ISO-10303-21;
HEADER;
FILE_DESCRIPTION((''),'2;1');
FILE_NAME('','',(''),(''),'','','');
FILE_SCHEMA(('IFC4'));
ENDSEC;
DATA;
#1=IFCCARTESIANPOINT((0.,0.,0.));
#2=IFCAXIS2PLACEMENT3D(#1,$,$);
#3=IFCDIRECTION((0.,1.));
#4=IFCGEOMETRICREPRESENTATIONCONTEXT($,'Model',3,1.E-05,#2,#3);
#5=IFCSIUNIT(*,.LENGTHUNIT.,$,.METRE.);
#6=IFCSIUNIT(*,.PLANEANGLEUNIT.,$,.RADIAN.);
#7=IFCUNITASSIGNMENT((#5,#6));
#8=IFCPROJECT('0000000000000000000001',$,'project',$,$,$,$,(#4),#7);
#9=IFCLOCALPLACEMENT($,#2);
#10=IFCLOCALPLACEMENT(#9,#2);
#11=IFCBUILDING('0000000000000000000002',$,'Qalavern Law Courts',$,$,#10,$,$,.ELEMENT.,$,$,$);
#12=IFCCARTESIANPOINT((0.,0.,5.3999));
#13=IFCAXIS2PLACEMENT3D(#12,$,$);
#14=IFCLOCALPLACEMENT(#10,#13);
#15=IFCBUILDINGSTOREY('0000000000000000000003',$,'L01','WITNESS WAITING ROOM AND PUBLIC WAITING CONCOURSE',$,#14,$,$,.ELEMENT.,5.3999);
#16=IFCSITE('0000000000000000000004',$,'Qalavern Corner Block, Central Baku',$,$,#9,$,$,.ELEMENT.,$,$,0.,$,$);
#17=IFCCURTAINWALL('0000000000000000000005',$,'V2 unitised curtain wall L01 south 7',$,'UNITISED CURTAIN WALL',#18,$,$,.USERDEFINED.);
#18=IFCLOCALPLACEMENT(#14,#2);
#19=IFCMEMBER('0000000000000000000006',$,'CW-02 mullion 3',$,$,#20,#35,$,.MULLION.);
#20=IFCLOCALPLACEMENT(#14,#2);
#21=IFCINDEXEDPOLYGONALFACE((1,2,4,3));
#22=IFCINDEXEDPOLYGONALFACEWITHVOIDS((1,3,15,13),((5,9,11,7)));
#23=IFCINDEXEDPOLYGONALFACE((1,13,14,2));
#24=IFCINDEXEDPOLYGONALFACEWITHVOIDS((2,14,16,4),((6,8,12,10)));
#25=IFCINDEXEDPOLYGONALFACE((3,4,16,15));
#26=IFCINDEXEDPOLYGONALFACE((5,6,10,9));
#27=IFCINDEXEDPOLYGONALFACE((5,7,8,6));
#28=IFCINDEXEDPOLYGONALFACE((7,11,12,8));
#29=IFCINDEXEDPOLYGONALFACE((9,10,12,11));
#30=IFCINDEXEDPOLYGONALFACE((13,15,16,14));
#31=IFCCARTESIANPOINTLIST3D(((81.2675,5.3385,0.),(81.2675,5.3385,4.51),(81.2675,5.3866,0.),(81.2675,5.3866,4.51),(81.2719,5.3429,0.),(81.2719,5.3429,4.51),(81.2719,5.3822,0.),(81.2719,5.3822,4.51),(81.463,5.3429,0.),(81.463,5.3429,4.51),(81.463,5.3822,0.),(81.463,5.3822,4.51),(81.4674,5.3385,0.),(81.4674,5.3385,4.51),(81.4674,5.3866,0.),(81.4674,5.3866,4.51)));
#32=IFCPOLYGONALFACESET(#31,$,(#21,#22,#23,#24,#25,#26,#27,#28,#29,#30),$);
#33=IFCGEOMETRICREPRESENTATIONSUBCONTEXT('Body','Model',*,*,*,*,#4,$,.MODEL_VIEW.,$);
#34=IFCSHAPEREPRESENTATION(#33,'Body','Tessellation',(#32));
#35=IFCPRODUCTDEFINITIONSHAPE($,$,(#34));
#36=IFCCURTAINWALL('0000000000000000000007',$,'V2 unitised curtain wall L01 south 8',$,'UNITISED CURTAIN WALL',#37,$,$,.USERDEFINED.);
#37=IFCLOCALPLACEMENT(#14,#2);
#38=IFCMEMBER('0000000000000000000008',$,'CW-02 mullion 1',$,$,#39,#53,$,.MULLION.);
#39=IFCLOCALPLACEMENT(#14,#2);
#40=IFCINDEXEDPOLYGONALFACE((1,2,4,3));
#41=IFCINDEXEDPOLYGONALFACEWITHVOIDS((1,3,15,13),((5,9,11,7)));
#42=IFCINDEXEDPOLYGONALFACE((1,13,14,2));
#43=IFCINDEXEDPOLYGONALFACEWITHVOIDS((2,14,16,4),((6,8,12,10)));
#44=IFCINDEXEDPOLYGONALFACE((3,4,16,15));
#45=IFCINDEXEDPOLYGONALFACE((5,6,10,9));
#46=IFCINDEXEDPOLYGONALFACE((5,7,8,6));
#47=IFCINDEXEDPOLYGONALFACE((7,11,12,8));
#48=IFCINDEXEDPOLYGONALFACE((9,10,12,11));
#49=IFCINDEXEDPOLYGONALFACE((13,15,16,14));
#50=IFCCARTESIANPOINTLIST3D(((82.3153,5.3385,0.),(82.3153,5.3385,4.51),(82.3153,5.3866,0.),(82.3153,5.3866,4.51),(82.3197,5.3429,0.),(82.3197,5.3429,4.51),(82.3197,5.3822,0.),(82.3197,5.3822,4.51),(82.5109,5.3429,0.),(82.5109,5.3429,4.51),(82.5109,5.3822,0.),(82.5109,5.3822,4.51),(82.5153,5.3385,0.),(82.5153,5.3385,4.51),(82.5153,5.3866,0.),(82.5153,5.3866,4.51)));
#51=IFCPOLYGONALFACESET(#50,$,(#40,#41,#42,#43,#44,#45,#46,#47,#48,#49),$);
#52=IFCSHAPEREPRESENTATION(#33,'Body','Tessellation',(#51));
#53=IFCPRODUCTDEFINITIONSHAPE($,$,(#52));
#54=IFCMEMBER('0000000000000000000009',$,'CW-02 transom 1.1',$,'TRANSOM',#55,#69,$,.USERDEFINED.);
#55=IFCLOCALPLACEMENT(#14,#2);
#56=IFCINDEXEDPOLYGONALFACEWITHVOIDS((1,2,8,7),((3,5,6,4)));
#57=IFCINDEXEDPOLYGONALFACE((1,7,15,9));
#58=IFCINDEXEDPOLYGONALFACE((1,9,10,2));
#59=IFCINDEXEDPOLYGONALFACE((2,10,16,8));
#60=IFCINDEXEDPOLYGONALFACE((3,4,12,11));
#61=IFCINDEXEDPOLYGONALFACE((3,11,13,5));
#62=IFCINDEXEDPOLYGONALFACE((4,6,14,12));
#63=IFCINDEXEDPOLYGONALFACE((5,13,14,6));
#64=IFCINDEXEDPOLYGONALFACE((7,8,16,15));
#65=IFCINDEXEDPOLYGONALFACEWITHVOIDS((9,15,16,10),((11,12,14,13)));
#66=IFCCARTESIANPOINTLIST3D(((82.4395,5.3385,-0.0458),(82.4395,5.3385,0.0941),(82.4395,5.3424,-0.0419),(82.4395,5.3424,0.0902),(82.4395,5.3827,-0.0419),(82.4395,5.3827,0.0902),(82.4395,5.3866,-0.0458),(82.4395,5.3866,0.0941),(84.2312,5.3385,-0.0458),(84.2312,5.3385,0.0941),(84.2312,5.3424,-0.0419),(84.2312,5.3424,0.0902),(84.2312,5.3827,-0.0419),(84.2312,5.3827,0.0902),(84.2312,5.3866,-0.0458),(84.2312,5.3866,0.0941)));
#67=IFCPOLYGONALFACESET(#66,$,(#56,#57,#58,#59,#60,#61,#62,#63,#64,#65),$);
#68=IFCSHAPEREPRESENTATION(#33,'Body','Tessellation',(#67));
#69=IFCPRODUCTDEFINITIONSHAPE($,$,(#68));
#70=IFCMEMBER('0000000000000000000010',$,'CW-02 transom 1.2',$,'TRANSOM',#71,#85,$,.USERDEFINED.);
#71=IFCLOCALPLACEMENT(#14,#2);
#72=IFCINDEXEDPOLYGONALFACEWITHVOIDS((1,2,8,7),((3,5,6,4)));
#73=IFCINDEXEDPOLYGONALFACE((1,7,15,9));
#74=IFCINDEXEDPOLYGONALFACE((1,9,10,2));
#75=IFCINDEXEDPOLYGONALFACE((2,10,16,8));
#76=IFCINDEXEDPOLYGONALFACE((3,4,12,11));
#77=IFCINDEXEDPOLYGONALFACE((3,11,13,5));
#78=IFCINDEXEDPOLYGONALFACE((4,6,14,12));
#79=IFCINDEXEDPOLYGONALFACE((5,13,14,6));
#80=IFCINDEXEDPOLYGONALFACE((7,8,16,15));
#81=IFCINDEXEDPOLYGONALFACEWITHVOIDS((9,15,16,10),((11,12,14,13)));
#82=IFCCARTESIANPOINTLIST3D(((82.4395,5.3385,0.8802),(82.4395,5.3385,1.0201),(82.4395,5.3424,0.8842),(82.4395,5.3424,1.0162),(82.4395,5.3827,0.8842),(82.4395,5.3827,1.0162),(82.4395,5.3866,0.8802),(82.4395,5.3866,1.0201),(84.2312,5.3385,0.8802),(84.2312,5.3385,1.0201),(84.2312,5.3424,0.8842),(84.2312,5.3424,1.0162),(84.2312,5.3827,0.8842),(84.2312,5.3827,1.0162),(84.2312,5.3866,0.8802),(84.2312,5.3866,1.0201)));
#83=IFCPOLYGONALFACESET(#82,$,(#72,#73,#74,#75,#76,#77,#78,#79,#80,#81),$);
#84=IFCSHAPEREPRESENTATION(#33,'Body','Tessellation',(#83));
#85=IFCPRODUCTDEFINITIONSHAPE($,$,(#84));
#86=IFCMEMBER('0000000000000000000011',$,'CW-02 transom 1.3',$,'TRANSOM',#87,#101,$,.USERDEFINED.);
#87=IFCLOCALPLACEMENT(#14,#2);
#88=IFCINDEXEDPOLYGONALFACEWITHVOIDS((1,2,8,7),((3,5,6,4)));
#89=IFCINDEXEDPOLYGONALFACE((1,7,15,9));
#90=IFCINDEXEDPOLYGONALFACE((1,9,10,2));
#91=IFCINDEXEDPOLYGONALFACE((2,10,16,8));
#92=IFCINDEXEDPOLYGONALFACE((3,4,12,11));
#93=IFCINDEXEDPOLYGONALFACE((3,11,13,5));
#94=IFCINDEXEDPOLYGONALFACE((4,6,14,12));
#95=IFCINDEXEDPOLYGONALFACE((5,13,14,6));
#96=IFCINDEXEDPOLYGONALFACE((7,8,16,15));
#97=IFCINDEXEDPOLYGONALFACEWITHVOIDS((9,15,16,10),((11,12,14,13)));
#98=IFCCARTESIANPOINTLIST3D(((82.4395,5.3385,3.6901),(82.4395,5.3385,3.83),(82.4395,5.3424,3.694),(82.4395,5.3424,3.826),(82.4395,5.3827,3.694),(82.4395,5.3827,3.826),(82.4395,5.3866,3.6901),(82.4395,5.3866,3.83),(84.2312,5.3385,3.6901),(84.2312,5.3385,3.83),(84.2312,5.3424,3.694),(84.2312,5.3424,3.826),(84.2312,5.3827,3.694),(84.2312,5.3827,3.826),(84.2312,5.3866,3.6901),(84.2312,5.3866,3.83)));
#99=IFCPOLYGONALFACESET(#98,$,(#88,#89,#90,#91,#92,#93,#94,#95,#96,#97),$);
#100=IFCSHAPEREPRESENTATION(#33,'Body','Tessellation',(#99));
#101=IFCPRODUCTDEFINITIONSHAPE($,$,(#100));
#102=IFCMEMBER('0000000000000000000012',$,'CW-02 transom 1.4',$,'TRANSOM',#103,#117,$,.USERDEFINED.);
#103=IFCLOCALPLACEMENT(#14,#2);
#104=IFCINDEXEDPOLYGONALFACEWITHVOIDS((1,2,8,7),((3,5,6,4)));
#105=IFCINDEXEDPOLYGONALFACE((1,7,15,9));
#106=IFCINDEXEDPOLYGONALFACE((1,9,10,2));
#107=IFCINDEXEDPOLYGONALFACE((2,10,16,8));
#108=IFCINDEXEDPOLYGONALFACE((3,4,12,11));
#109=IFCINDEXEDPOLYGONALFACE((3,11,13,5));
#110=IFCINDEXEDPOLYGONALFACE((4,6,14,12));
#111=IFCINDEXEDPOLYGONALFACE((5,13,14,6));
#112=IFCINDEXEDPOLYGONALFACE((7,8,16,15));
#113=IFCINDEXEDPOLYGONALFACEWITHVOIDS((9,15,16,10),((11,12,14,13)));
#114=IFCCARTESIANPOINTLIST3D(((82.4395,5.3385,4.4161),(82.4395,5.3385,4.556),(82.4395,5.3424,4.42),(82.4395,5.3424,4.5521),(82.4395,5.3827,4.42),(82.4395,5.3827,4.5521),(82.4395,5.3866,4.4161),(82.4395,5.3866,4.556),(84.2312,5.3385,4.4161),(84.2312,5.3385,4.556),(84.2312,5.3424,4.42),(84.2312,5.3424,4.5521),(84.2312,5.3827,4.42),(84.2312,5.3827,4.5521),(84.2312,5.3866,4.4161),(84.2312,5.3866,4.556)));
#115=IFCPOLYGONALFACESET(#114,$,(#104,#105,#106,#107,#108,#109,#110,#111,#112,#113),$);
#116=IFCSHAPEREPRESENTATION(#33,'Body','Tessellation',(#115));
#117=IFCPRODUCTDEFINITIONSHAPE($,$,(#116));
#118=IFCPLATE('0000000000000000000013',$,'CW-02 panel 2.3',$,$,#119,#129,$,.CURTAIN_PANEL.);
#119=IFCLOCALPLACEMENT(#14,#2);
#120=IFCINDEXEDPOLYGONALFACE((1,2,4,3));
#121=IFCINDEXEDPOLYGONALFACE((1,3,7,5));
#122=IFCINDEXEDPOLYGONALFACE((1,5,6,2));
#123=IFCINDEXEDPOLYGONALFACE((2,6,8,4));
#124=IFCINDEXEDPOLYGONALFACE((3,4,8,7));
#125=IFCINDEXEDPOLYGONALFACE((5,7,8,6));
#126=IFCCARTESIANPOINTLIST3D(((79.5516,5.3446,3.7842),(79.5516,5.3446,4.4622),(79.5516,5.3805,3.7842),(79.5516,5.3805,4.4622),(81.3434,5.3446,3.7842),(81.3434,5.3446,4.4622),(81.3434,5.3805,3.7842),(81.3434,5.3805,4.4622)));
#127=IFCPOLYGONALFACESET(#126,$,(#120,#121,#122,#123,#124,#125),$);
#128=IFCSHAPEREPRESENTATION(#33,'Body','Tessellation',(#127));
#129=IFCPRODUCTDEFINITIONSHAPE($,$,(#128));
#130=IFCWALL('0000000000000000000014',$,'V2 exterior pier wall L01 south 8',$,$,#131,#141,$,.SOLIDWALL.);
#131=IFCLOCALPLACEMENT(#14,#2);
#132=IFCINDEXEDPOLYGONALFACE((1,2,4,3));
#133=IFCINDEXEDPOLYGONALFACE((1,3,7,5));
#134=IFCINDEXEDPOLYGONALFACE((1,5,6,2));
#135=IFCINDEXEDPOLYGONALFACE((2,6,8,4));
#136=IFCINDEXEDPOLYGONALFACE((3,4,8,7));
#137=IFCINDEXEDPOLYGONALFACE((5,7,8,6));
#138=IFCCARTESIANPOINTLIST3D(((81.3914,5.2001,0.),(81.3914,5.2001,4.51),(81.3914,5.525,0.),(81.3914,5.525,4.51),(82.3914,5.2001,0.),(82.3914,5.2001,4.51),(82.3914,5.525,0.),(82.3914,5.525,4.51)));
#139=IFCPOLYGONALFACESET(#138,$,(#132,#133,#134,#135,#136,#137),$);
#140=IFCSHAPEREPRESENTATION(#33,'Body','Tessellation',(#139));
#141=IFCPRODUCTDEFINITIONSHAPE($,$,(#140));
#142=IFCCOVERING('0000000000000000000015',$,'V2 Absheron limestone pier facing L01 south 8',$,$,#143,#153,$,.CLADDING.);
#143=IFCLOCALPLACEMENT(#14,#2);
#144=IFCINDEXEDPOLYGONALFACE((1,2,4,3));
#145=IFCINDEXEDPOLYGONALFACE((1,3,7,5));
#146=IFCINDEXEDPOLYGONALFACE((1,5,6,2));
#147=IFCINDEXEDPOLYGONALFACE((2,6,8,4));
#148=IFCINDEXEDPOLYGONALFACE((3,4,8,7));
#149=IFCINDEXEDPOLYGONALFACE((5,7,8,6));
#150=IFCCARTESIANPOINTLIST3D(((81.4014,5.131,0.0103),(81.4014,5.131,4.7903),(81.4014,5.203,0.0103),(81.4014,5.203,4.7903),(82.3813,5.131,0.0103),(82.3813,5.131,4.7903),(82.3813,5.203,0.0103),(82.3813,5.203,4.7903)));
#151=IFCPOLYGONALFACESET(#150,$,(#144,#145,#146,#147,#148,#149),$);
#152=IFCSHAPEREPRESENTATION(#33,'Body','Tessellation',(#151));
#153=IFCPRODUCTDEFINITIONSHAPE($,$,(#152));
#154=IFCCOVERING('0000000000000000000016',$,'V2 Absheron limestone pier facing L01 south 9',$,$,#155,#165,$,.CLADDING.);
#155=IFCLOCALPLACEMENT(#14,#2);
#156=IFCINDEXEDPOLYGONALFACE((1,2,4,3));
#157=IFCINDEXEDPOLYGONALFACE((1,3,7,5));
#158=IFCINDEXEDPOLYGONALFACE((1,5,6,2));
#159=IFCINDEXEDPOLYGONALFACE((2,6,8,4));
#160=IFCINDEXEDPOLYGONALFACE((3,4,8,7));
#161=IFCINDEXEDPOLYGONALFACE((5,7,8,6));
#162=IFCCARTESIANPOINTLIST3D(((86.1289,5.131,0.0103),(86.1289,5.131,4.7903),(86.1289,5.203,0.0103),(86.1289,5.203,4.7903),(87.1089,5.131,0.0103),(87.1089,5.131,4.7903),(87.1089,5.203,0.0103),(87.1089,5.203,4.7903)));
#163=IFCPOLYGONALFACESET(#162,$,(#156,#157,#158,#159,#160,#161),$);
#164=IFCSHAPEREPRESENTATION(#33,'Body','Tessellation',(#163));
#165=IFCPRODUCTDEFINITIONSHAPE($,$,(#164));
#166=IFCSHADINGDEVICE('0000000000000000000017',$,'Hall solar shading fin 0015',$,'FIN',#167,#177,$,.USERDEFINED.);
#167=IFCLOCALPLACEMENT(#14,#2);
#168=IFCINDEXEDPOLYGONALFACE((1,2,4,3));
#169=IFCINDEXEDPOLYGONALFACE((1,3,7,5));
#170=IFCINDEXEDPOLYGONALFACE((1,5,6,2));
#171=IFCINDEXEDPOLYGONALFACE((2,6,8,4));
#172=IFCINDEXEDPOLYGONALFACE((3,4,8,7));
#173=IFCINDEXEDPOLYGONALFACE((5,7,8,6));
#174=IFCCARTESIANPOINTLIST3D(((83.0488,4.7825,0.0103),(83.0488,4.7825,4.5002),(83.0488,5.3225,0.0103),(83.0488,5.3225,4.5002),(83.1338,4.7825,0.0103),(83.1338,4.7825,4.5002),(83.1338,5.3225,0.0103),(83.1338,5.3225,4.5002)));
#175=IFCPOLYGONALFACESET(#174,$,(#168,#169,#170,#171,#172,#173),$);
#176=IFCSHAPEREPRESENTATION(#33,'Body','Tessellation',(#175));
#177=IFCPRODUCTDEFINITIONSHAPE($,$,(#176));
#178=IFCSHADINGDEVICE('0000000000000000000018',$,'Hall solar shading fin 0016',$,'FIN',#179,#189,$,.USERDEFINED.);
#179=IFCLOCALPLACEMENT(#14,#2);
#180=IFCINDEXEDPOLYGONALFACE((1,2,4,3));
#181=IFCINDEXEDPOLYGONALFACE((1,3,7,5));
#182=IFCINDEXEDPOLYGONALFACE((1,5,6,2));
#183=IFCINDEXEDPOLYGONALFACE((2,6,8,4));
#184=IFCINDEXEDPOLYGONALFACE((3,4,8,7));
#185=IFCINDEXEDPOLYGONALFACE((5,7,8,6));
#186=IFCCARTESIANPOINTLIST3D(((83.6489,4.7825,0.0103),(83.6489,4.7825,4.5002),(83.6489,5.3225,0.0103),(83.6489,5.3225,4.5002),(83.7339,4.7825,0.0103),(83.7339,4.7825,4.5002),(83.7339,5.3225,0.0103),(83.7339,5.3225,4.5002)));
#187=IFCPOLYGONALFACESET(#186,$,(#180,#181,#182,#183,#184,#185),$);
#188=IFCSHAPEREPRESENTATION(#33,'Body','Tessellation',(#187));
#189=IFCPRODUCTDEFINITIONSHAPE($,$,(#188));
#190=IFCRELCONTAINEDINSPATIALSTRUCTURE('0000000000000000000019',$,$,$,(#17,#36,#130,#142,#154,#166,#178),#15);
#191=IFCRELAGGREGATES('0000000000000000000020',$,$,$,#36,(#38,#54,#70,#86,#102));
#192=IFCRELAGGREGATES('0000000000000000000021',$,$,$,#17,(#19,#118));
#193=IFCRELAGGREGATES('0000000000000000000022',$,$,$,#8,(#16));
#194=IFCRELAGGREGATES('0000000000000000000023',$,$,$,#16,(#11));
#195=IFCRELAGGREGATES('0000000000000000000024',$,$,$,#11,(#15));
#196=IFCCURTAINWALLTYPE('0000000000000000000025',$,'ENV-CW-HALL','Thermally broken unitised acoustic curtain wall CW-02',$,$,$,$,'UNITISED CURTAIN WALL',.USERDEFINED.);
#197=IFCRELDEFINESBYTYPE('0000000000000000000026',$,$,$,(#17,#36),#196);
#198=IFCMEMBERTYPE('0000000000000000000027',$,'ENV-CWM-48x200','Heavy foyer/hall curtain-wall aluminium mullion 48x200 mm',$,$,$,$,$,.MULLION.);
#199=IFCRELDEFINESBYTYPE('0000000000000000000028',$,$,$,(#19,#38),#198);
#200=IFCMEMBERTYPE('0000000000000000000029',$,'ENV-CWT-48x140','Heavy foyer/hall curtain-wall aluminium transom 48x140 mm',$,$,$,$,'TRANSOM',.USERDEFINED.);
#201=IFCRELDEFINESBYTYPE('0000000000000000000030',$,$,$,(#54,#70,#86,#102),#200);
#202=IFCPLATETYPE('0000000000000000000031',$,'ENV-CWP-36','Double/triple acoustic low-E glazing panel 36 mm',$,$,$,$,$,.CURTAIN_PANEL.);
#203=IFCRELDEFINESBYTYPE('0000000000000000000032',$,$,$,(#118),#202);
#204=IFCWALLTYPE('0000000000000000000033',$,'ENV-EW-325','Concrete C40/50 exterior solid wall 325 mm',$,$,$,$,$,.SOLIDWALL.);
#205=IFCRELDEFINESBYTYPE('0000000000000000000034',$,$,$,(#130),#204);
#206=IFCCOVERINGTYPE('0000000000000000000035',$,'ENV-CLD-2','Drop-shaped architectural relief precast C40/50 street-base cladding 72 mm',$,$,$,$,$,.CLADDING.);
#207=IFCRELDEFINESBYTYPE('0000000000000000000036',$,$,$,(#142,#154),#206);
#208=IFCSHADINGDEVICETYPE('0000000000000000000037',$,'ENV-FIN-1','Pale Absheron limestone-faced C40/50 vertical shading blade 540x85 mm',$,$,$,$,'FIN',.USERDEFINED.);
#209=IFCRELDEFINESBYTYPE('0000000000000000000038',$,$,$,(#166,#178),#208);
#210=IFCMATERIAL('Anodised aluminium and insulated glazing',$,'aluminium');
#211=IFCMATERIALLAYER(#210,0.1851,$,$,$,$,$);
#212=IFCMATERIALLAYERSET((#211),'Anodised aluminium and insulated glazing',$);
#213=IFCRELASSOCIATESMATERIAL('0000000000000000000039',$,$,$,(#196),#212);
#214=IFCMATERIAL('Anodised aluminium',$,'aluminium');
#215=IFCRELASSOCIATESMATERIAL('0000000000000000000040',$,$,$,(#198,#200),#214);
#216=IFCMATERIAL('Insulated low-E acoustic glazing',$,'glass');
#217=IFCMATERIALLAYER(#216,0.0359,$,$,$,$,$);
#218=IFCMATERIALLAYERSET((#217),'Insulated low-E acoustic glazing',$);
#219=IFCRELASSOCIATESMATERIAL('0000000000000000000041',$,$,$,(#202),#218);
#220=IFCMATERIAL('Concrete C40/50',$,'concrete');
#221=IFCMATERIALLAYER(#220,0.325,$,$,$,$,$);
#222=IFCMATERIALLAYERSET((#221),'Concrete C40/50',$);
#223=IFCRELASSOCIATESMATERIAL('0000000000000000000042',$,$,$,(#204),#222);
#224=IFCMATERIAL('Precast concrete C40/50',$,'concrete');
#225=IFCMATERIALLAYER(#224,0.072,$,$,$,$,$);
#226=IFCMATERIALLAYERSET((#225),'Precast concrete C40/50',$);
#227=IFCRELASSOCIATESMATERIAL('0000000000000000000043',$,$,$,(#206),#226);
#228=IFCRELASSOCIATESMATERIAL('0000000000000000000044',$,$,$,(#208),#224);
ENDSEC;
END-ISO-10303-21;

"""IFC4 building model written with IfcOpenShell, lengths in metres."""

from ifc_helpers import new_model, si_unit, direction, frame, frame_2d, origin, origin_2d, place, context, subcontext, project, spatial, rectangle, hollow_rectangle, extrude, material, layer, layer_set, material_profile, profile_set, type_object, element, aggregate, save


model = new_model("IFC4")

# Units and contexts
model_context = context("Model", 3, precision=1e-05, world=origin(), true_north=direction((0.0, 1.0)))
body_context = subcontext(model_context, "Body", "Model", "MODEL_VIEW")
ifc_project = project(units=[si_unit("LENGTHUNIT", "METRE"), si_unit("PLANEANGLEUNIT", "RADIAN")], contexts=[model_context])

# Site, building, storey
site_placement = place(None, origin())
site = spatial("IfcSite", under=ifc_project, at=site_placement, Name="Qalavern Corner Block, Central Baku", CompositionType="ELEMENT", RefElevation=0.0)
building_placement = place(site_placement, origin())
building = spatial("IfcBuilding", under=site, at=building_placement, Name="Qalavern Law Courts", CompositionType="ELEMENT")
storey_placement = place(building_placement, frame((0.0, 0.0, 5.3999)))
storey = spatial("IfcBuildingStorey", under=building, at=storey_placement, Name="L01", Description="WITNESS WAITING ROOM AND PUBLIC WAITING CONCOURSE", CompositionType="ELEMENT", Elevation=5.3999)

# Curtain wall, member
ifc_material_1 = material(Name="Anodised aluminium and insulated glazing", Category="aluminium")
ifc_layer_1 = layer(ifc_material_1, 0.1851)
ifc_layer_set_1 = layer_set([ifc_layer_1], Name="Anodised aluminium and insulated glazing")
curtain_wall_type = type_object("IfcCurtainWallType", Name="ENV-CW-HALL", Description="Thermally broken unitised acoustic curtain wall CW-02", ElementType="UNITISED CURTAIN WALL", PredefinedType="USERDEFINED", material=ifc_layer_set_1)
curtain_wall_1_placement = place(storey_placement, origin())
curtain_wall_1 = element("IfcCurtainWall", 1, at=curtain_wall_1_placement, inside=storey, type_object=curtain_wall_type, Name="V2 unitised curtain wall L01 south 7", ObjectType="UNITISED CURTAIN WALL", PredefinedType="USERDEFINED")
ifc_material_2 = material(Name="Anodised aluminium", Category="aluminium")
ifc_material_profile_1 = material_profile(ifc_material_2, hollow_rectangle(XDim=0.0481, YDim=0.2, WallThickness=0.0044, at=origin_2d()), Name="ALU MULLION 48x200")
ifc_profile_set_1 = profile_set([ifc_material_profile_1], Name="Anodised aluminium")
member_type_1 = type_object("IfcMemberType", Name="ENV-CWM-48x200", Description="Heavy foyer/hall curtain-wall aluminium mullion 48x200 mm", PredefinedType="MULLION", material=ifc_profile_set_1)
member_1_placement = place(storey_placement, frame((81.3674, 5.3625, 0.0), z_axis=(0.0, 0.0, 1.0), x_axis=(0.0, 1.0, 0.0)))
member_1 = element("IfcMember", 2, at=member_1_placement, type_object=member_type_1, Name="CW-02 mullion 3", PredefinedType="MULLION", context=body_context, shape_type="SweptSolid", body=[
    extrude(hollow_rectangle(XDim=0.0481, YDim=0.2, WallThickness=0.0044, at=origin_2d()), origin(), (0.0, 0.0, 1.0), 4.51),
])

# Curtain wall, members
curtain_wall_2_placement = place(storey_placement, origin())
curtain_wall_2 = element("IfcCurtainWall", 3, at=curtain_wall_2_placement, inside=storey, type_object=curtain_wall_type, Name="V2 unitised curtain wall L01 south 8", ObjectType="UNITISED CURTAIN WALL", PredefinedType="USERDEFINED")
member_2_placement = place(storey_placement, frame((82.4153, 5.3625, 0.0), z_axis=(0.0, 0.0, 1.0), x_axis=(0.0, 1.0, 0.0)))
member_2 = element("IfcMember", 4, at=member_2_placement, type_object=member_type_1, Name="CW-02 mullion 1", PredefinedType="MULLION", context=body_context, shape_type="SweptSolid", body=[
    extrude(hollow_rectangle(XDim=0.0481, YDim=0.2, WallThickness=0.0044, at=origin_2d()), origin(), (0.0, 0.0, 1.0), 4.51),
])
ifc_material_profile_2 = material_profile(ifc_material_2, hollow_rectangle(XDim=0.0481, YDim=0.1399, WallThickness=0.0039, at=origin_2d()), Name="ALU TRANSOM 48x140")
ifc_profile_set_2 = profile_set([ifc_material_profile_2], Name="Anodised aluminium")
member_type_2 = type_object("IfcMemberType", Name="ENV-CWT-48x140", Description="Heavy foyer/hall curtain-wall aluminium transom 48x140 mm", ElementType="TRANSOM", PredefinedType="USERDEFINED", material=ifc_profile_set_2)
member_3_placement = place(storey_placement, frame((82.4395, 5.3625, 0.0242), z_axis=(1.0, 0.0, 0.0), x_axis=(0.0, 1.0, 0.0)))
member_3 = element("IfcMember", 5, at=member_3_placement, type_object=member_type_2, Name="CW-02 transom 1.1", ObjectType="TRANSOM", PredefinedType="USERDEFINED", context=body_context, shape_type="SweptSolid", body=[
    extrude(hollow_rectangle(XDim=0.0481, YDim=0.1399, WallThickness=0.0039, at=origin_2d()), origin(), (0.0, 0.0, 1.0), 1.7917),
])
member_4_placement = place(storey_placement, frame((82.4395, 5.3625, 0.9502), z_axis=(1.0, 0.0, 0.0), x_axis=(0.0, 1.0, 0.0)))
member_4 = element("IfcMember", 6, at=member_4_placement, type_object=member_type_2, Name="CW-02 transom 1.2", ObjectType="TRANSOM", PredefinedType="USERDEFINED", context=body_context, shape_type="SweptSolid", body=[
    extrude(hollow_rectangle(XDim=0.0481, YDim=0.1399, WallThickness=0.0039, at=origin_2d()), origin(), (0.0, 0.0, 1.0), 1.7917),
])
member_5_placement = place(storey_placement, frame((82.4395, 5.3625, 3.76), z_axis=(1.0, 0.0, 0.0), x_axis=(0.0, 1.0, 0.0)))
member_5 = element("IfcMember", 7, at=member_5_placement, type_object=member_type_2, Name="CW-02 transom 1.3", ObjectType="TRANSOM", PredefinedType="USERDEFINED", context=body_context, shape_type="SweptSolid", body=[
    extrude(hollow_rectangle(XDim=0.0481, YDim=0.1399, WallThickness=0.0039, at=origin_2d()), origin(), (0.0, 0.0, 1.0), 1.7917),
])
member_6_placement = place(storey_placement, frame((82.4395, 5.3625, 4.4861), z_axis=(1.0, 0.0, 0.0), x_axis=(0.0, 1.0, 0.0)))
member_6 = element("IfcMember", 8, at=member_6_placement, type_object=member_type_2, Name="CW-02 transom 1.4", ObjectType="TRANSOM", PredefinedType="USERDEFINED", context=body_context, shape_type="SweptSolid", body=[
    extrude(hollow_rectangle(XDim=0.0481, YDim=0.1399, WallThickness=0.0039, at=origin_2d()), origin(), (0.0, 0.0, 1.0), 1.7917),
])
aggregate(curtain_wall_2, [member_2, member_3, member_4, member_5, member_6])

# Plate
ifc_material_3 = material(Name="Insulated low-E acoustic glazing", Category="glass")
ifc_layer_2 = layer(ifc_material_3, 0.0359)
ifc_layer_set_2 = layer_set([ifc_layer_2], Name="Insulated low-E acoustic glazing")
plate_type = type_object("IfcPlateType", Name="ENV-CWP-36", Description="Double/triple acoustic low-E glazing panel 36 mm", PredefinedType="CURTAIN_PANEL", material=ifc_layer_set_2)
plate_placement = place(storey_placement, frame((80.4475, 5.3625, 3.7842), z_axis=(0.0, 0.0, 1.0), x_axis=(1.0, 0.0, 0.0)))
plate = element("IfcPlate", 9, at=plate_placement, type_object=plate_type, Name="CW-02 panel 2.3", PredefinedType="CURTAIN_PANEL", context=body_context, shape_type="SweptSolid", body=[
    extrude(rectangle(XDim=1.7917, YDim=0.0359, at=origin_2d()), origin(), (0.0, 0.0, 1.0), 0.678),
])
aggregate(curtain_wall_1, [member_1, plate])

# Wall
ifc_material_4 = material(Name="Concrete C40/50", Category="concrete")
ifc_layer_3 = layer(ifc_material_4, 0.325)
ifc_layer_set_3 = layer_set([ifc_layer_3], Name="Concrete C40/50")
wall_type = type_object("IfcWallType", Name="ENV-EW-325", Description="Concrete C40/50 exterior solid wall 325 mm", PredefinedType="SOLIDWALL", material=ifc_layer_set_3)
wall_placement = place(storey_placement, frame((81.3914, 5.3625, 0.0), z_axis=(0.0, 0.0, 1.0), x_axis=(1.0, 0.0, 0.0)))
element("IfcWall", 10, at=wall_placement, inside=storey, type_object=wall_type, Name="V2 exterior pier wall L01 south 8", PredefinedType="SOLIDWALL", context=body_context, shape_type="SweptSolid", body=[
    extrude(rectangle(XDim=1.0, YDim=0.325, at=frame_2d((0.5, 0.0))), origin(), (0.0, 0.0, 1.0), 4.51),
])

# Coverings
ifc_material_5 = material(Name="Precast concrete C40/50", Category="concrete")
ifc_layer_4 = layer(ifc_material_5, 0.072)
ifc_layer_set_4 = layer_set([ifc_layer_4], Name="Precast concrete C40/50")
covering_type = type_object("IfcCoveringType", Name="ENV-CLD-2", Description="Drop-shaped architectural relief precast C40/50 street-base cladding 72 mm", PredefinedType="CLADDING", material=ifc_layer_set_4)
for number, where, z_axis, x_axis, name in (
    (11, (81.8914, 5.167, 0.0103), (0.0, 0.0, 1.0), (1.0, 0.0, 0.0), "V2 Absheron limestone pier facing L01 south 8"),
    (12, (86.6189, 5.167, 0.0103), (0.0, 0.0, 1.0), (1.0, 0.0, 0.0), "V2 Absheron limestone pier facing L01 south 9"),
):
    element("IfcCovering", number, at=place(storey_placement, frame(where, z_axis=z_axis, x_axis=x_axis)), inside=storey, type_object=covering_type, Name=name, PredefinedType="CLADDING", context=body_context, shape_type="SweptSolid", body=[
        extrude(rectangle(XDim=0.98, YDim=0.072, at=origin_2d()), origin(), (0.0, 0.0, 1.0), 4.78),
    ])

# Shading devices
shading_device_type_1 = type_object("IfcShadingDeviceType", Name="ENV-FIN-1", Description="Pale Absheron limestone-faced C40/50 vertical shading blade 540x85 mm", ElementType="FIN", PredefinedType="USERDEFINED", material=ifc_material_5)
for number, where, z_axis, x_axis, name in (
    (13, (83.0913, 5.0525, 0.0103), (0.0, 0.0, 1.0), (0.0, -1.0, 0.0), "Hall solar shading fin 0015"),
    (14, (83.6914, 5.0525, 0.0103), (0.0, 0.0, 1.0), (0.0, -1.0, 0.0), "Hall solar shading fin 0016"),
):
    element("IfcShadingDevice", number, at=place(storey_placement, frame(where, z_axis=z_axis, x_axis=x_axis)), inside=storey, type_object=shading_device_type_1, Name=name, ObjectType="FIN", PredefinedType="USERDEFINED", context=body_context, shape_type="SweptSolid", body=[
        extrude(rectangle(XDim=0.54, YDim=0.085, at=origin_2d()), origin(), (0.0, 0.0, 1.0), 4.49),
    ])

save(model, "model.ifc")
